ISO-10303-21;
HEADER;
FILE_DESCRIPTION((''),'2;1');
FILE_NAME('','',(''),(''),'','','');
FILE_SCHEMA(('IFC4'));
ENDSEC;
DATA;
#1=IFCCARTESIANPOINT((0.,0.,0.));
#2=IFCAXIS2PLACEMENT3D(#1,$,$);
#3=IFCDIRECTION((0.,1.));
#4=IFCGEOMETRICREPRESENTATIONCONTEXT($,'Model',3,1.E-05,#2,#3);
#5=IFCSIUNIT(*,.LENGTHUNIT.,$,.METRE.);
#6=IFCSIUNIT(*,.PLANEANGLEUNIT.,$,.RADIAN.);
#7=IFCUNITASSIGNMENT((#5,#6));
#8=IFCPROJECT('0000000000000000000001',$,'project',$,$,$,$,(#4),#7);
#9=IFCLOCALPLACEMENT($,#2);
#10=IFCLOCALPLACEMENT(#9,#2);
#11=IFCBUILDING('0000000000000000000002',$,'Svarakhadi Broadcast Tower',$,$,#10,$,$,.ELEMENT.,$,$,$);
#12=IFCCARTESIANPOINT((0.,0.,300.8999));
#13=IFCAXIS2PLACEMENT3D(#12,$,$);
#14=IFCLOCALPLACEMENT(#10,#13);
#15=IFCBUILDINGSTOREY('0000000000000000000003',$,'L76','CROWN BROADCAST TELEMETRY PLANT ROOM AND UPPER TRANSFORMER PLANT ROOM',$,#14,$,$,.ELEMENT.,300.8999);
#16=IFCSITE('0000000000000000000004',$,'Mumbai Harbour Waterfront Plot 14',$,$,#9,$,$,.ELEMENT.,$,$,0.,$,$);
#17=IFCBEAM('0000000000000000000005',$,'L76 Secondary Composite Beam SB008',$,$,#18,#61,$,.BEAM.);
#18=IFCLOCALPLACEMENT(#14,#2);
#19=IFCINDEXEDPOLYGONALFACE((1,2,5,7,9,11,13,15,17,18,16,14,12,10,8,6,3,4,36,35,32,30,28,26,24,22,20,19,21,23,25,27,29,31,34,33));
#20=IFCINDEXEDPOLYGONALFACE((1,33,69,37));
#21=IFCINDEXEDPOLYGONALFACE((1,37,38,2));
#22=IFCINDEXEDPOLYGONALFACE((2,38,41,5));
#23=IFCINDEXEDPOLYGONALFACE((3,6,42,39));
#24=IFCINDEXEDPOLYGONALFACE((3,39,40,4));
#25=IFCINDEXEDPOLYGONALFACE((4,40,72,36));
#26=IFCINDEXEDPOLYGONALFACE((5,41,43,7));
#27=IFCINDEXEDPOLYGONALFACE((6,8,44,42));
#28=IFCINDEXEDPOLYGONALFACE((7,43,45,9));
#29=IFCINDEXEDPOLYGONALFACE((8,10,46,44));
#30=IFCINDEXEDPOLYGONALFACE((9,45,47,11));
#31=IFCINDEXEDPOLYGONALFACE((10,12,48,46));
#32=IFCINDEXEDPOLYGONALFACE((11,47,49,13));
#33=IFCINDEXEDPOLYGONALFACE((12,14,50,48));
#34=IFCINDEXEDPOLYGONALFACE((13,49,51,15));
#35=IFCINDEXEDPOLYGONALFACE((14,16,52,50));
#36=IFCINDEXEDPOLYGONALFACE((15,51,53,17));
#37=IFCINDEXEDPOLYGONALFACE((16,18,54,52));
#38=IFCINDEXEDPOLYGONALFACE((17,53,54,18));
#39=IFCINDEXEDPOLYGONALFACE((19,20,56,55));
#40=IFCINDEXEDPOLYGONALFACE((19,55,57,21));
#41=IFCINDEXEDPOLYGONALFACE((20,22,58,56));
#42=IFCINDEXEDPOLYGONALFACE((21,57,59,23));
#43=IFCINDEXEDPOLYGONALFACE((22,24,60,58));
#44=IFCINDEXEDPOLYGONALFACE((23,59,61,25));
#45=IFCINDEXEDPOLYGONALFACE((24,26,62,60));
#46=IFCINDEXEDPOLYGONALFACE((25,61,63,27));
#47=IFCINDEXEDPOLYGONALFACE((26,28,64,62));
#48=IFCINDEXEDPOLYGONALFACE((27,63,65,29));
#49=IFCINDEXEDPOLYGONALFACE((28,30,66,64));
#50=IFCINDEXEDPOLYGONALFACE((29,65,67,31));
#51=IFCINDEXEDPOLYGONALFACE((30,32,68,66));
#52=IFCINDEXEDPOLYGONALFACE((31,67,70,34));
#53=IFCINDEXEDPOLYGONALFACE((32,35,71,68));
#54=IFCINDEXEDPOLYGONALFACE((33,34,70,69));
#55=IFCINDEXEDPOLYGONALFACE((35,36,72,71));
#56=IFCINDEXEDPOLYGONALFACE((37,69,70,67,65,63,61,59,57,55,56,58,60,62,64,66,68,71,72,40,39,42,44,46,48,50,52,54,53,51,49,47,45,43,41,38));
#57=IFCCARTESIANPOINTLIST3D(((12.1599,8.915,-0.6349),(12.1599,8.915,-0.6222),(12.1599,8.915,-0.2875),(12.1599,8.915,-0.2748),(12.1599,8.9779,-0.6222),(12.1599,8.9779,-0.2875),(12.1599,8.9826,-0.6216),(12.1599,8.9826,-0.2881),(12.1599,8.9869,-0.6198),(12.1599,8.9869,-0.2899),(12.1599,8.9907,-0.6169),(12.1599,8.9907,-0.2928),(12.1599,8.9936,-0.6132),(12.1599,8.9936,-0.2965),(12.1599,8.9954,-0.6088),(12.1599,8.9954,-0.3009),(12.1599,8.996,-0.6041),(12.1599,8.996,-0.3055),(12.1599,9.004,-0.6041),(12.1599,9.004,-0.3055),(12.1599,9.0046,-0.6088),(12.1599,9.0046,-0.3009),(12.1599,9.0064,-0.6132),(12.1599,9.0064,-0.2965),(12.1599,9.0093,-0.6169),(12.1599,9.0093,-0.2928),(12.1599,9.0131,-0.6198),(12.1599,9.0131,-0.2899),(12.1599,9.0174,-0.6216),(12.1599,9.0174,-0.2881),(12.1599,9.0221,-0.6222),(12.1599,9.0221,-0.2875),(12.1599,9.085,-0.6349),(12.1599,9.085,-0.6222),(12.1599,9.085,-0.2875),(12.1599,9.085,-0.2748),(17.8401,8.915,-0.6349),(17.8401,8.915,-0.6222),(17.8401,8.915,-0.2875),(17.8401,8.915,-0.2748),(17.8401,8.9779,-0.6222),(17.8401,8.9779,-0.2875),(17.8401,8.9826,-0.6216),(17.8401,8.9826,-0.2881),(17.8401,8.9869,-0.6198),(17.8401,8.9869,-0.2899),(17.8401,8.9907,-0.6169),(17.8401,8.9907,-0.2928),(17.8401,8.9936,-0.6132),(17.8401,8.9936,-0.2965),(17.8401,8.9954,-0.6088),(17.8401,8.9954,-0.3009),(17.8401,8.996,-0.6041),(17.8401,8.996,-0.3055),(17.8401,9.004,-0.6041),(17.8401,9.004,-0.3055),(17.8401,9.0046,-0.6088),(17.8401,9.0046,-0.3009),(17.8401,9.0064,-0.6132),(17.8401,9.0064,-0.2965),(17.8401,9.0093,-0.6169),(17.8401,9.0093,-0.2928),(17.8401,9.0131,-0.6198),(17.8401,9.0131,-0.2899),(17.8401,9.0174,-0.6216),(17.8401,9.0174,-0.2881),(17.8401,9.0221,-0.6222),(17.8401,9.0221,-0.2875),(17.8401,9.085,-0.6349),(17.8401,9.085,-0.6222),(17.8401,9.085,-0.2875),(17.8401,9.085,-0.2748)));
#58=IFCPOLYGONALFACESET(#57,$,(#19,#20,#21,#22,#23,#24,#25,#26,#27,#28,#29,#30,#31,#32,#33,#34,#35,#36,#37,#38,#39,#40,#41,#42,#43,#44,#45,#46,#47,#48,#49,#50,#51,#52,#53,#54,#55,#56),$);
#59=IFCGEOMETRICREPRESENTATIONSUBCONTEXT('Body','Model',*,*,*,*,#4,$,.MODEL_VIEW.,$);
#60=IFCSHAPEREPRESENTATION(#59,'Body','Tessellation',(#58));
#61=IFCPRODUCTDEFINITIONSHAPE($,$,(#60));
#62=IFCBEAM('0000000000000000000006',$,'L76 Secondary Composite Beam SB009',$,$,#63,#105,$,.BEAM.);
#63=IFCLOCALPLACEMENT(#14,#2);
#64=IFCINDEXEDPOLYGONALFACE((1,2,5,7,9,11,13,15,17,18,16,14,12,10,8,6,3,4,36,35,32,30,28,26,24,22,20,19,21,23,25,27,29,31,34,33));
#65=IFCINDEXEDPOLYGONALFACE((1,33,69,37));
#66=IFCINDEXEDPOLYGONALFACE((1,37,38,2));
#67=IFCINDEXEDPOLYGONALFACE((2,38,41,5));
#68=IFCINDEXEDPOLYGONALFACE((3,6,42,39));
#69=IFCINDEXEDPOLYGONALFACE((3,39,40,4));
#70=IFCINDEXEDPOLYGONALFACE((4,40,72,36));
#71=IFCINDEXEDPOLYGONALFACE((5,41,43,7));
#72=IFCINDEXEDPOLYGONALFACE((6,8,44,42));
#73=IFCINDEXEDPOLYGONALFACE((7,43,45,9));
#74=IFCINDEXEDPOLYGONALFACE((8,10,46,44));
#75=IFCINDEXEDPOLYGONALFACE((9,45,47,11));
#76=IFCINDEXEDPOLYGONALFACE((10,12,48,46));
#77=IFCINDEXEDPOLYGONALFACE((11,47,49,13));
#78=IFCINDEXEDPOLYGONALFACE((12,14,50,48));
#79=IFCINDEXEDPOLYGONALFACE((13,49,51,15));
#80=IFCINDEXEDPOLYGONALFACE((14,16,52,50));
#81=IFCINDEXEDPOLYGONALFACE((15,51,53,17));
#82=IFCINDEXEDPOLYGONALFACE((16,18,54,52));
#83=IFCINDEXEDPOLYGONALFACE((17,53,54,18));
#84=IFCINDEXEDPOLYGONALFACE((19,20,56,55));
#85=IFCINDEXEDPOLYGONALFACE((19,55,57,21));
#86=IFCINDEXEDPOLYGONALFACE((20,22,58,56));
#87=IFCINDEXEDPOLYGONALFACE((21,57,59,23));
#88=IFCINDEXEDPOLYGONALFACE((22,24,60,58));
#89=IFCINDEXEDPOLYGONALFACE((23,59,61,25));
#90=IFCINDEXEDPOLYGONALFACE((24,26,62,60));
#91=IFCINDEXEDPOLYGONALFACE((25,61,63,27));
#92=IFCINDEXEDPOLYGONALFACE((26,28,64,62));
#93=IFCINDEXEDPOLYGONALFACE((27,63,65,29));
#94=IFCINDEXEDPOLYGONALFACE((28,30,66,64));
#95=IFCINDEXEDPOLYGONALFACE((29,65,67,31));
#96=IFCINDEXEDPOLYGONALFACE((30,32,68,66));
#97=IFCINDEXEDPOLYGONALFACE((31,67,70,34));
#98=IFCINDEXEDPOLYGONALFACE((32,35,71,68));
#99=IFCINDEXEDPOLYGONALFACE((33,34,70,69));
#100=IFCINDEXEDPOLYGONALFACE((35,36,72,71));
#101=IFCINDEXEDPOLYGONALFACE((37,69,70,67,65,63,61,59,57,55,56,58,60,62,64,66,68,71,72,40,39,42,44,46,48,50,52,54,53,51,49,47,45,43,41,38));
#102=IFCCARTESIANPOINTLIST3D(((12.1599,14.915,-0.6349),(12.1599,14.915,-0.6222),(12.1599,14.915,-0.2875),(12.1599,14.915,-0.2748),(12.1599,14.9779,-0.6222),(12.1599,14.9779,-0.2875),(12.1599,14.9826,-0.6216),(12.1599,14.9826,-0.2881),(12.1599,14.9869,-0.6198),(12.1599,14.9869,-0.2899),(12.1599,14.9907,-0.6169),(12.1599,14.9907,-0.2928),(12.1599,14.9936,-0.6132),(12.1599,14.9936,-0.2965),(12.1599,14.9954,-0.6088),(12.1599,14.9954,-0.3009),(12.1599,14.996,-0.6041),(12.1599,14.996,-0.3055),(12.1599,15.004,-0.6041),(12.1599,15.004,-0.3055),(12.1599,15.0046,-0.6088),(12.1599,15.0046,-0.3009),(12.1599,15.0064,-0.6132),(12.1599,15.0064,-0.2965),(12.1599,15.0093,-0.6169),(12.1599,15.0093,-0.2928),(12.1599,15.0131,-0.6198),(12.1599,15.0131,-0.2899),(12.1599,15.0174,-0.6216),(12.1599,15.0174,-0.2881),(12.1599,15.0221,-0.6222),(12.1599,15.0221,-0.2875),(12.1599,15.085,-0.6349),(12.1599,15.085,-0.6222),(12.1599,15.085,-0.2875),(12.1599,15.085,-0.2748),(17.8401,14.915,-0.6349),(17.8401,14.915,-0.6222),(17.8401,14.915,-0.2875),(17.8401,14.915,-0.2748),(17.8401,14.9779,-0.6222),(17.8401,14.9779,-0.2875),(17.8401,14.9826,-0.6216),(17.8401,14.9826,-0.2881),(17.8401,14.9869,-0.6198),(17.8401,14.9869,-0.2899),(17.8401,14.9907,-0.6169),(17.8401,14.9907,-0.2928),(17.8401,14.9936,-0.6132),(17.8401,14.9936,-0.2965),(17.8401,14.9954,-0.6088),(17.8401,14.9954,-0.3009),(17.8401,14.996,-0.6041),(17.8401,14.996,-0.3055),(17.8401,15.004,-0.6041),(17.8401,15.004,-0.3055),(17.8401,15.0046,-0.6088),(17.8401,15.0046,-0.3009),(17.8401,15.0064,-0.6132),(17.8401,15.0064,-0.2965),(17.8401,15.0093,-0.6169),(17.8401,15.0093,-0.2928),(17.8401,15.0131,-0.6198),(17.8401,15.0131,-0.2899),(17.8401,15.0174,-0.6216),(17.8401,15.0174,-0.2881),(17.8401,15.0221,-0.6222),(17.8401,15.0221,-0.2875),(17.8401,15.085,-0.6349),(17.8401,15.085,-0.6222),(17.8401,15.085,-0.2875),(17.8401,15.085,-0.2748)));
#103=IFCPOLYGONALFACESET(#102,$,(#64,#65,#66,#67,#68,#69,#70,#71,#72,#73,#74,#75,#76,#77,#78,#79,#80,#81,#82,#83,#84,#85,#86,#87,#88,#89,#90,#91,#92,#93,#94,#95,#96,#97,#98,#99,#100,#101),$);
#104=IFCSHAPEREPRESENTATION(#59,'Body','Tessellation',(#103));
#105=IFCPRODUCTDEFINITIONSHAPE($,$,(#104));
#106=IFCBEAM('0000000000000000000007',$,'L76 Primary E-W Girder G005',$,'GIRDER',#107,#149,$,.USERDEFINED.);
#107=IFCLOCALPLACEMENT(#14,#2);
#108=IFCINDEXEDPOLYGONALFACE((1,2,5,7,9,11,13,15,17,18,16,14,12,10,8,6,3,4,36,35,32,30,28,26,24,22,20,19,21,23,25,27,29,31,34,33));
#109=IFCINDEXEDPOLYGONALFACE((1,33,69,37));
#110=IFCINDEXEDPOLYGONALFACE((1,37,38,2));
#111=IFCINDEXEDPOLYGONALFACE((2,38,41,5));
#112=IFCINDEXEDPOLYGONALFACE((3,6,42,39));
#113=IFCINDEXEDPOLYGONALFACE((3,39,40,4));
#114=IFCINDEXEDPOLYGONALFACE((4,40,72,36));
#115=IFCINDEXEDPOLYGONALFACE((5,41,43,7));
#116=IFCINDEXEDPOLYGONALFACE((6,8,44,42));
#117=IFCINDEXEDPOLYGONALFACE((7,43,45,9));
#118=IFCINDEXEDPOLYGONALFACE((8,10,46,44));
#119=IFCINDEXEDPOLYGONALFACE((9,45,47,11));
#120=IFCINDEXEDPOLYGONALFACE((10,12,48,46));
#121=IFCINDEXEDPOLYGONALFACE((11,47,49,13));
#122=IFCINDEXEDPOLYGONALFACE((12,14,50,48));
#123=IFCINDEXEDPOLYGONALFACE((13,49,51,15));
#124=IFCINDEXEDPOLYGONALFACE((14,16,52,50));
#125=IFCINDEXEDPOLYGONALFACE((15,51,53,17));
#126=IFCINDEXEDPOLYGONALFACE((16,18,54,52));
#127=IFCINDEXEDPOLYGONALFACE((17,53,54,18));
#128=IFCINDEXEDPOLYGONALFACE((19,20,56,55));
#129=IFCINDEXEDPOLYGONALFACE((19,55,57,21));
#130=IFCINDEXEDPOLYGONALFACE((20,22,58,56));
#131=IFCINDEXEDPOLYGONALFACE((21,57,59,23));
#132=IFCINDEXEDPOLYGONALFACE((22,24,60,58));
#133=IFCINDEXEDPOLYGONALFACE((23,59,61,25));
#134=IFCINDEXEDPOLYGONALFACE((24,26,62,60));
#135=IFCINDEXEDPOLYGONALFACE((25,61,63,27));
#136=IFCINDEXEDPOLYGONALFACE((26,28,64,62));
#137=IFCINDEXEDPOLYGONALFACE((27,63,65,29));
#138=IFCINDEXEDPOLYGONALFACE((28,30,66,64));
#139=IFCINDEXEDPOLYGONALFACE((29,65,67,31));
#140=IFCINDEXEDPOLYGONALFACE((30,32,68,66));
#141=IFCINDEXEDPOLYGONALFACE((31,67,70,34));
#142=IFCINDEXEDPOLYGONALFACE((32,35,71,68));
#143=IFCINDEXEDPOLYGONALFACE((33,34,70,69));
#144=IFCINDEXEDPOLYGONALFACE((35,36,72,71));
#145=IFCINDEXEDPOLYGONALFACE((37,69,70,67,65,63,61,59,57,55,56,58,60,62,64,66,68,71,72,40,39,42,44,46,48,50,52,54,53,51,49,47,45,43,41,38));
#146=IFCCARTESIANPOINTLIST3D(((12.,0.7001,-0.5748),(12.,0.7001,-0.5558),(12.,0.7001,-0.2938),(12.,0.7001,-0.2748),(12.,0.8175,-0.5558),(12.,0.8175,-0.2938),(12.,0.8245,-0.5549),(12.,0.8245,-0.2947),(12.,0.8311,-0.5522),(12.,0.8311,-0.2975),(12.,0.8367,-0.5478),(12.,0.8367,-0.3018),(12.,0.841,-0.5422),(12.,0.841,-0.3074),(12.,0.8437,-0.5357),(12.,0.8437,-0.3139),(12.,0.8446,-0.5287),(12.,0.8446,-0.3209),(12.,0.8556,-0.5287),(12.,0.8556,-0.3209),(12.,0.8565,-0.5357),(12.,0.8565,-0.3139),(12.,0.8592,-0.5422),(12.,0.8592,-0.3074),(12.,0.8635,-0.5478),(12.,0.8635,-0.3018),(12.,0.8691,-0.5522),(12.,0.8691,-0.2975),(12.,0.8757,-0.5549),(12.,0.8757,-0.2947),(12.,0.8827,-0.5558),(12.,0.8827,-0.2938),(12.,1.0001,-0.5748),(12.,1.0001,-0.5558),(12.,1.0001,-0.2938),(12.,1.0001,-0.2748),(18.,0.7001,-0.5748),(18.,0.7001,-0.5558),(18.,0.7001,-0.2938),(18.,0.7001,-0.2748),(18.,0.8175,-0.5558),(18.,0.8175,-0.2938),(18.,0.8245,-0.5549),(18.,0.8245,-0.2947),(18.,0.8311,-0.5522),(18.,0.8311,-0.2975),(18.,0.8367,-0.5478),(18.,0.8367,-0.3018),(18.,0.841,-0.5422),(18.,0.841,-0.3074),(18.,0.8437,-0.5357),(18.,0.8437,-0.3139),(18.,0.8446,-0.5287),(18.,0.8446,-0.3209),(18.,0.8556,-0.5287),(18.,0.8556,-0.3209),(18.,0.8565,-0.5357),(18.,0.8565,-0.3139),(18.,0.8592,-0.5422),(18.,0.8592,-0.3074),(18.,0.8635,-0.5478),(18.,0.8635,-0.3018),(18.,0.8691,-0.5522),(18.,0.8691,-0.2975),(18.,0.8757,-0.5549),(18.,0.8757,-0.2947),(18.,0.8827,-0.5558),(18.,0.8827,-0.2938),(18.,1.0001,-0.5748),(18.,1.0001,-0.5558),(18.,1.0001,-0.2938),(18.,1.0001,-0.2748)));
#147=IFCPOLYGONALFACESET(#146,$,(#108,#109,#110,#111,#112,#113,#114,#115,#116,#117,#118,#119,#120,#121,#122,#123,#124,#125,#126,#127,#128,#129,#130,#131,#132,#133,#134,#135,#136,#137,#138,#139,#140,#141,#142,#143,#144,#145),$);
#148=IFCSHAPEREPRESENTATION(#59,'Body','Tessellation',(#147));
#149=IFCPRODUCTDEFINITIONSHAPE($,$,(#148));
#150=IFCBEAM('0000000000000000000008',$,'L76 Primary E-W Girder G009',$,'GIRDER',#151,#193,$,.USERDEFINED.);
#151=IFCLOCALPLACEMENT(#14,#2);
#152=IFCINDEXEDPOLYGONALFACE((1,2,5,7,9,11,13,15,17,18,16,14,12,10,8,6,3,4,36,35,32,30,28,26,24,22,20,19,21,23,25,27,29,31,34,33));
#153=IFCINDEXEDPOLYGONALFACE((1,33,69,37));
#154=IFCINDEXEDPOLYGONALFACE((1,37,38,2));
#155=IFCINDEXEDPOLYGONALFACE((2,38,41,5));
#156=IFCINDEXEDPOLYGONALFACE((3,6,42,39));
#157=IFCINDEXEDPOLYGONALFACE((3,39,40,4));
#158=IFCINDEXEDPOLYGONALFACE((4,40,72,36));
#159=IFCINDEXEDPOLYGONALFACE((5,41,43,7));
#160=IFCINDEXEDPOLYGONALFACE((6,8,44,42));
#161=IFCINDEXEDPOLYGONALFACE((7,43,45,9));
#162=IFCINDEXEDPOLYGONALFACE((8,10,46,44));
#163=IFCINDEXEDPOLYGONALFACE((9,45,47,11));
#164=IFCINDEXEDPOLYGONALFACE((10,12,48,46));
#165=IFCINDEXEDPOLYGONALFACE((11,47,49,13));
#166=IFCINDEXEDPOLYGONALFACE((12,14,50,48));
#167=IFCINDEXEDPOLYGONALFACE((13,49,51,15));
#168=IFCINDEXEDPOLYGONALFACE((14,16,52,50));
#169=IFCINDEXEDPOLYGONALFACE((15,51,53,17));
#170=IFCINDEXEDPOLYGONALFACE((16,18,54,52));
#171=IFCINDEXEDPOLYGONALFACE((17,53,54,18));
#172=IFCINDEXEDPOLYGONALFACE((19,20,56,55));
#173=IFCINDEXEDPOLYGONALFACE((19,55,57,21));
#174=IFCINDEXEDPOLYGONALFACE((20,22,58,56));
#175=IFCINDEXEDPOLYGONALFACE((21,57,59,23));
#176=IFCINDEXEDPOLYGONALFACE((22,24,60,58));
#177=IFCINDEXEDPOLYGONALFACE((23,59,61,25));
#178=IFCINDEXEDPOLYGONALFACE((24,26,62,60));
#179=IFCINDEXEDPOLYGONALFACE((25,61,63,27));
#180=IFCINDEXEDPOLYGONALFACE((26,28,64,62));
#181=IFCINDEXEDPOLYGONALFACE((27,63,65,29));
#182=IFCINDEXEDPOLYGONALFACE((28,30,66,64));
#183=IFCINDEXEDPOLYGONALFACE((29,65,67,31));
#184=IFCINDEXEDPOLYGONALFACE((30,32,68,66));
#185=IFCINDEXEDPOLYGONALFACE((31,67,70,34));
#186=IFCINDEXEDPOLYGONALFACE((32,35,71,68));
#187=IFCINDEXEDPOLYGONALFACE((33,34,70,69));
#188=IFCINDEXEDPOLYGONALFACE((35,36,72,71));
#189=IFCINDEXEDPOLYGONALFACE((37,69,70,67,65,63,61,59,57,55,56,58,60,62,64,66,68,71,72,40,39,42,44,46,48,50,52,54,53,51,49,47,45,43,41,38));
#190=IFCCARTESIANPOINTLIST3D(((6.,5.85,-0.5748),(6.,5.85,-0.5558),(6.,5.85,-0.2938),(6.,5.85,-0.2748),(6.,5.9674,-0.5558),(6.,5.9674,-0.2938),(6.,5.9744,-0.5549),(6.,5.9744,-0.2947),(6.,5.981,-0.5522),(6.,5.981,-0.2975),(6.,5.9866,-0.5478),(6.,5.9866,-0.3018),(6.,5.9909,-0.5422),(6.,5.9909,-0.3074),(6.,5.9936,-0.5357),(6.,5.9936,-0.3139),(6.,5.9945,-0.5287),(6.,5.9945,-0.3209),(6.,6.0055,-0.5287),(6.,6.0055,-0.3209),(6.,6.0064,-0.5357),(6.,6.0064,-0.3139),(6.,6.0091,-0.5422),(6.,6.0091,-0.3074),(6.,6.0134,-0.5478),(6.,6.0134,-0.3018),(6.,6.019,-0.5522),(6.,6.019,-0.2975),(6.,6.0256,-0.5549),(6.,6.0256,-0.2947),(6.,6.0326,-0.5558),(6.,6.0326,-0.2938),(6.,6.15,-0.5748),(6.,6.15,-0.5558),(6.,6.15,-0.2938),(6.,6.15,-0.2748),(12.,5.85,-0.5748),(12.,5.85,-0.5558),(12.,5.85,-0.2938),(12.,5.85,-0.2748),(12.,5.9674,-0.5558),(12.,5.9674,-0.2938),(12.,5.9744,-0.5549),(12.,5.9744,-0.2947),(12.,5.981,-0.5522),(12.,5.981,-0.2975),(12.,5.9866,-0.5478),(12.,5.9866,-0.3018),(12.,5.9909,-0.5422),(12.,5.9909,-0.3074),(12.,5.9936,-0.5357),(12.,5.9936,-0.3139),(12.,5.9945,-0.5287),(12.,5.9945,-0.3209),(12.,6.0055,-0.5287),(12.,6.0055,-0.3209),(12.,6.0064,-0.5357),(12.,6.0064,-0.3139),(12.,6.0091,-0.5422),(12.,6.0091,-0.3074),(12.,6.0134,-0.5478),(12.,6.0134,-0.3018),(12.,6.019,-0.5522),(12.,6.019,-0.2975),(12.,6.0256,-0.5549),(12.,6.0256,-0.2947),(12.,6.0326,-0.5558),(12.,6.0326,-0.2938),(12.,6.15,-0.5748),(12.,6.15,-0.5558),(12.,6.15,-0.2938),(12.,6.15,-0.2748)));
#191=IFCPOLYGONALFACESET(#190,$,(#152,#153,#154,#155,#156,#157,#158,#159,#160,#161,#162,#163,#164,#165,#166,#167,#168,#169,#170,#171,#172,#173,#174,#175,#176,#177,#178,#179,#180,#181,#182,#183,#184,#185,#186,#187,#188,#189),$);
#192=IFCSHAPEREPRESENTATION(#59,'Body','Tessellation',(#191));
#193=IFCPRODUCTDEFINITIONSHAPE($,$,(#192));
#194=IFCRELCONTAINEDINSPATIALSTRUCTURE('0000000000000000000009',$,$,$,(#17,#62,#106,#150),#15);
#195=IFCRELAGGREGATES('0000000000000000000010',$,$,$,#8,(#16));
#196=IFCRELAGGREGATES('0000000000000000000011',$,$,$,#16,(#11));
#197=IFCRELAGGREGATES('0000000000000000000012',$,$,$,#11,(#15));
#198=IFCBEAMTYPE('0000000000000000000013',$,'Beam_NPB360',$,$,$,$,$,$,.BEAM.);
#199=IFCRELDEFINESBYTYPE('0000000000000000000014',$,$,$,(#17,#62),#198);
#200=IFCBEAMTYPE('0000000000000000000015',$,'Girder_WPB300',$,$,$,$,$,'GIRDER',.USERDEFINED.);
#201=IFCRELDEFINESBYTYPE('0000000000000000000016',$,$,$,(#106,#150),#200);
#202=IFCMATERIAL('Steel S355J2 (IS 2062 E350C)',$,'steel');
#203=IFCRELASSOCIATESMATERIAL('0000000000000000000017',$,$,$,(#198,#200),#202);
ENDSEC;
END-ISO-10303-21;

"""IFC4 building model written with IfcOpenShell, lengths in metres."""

from ifc_helpers import new_model, si_unit, direction, frame, origin, origin_2d, place, context, subcontext, project, spatial, i_section, extrude, material, material_profile, profile_set, type_object, element, save


model = new_model("IFC4")

# Units and contexts
model_context = context("Model", 3, precision=1e-05, world=origin(), true_north=direction((0.0, 1.0)))
body_context = subcontext(model_context, "Body", "Model", "MODEL_VIEW")
ifc_project = project(units=[si_unit("LENGTHUNIT", "METRE"), si_unit("PLANEANGLEUNIT", "RADIAN")], contexts=[model_context])

# Site, building, storey
site_placement = place(None, origin())
site = spatial("IfcSite", under=ifc_project, at=site_placement, Name="Mumbai Harbour Waterfront Plot 14", CompositionType="ELEMENT", RefElevation=0.0)
building_placement = place(site_placement, origin())
building = spatial("IfcBuilding", under=site, at=building_placement, Name="Svarakhadi Broadcast Tower", CompositionType="ELEMENT")
storey_placement = place(building_placement, frame((0.0, 0.0, 300.8999)))
storey = spatial("IfcBuildingStorey", under=building, at=storey_placement, Name="L76", Description="CROWN BROADCAST TELEMETRY PLANT ROOM AND UPPER TRANSFORMER PLANT ROOM", CompositionType="ELEMENT", Elevation=300.8999)

# Beams
ifc_material_1 = material(Name="Steel S355J2 (IS 2062 E350C)", Category="steel")
ifc_material_profile_1 = material_profile(ifc_material_1, i_section(OverallWidth=0.1699, OverallDepth=0.3601, WebThickness=0.0081, FlangeThickness=0.0127, FilletRadius=0.0181, at=origin_2d()), Name="NPB 360x170x57")
ifc_profile_set_1 = profile_set([ifc_material_profile_1], Name="Steel S355J2 (IS 2062 E350C)")
beam_type_1 = type_object("IfcBeamType", Name="Beam_NPB360", PredefinedType="BEAM", material=ifc_profile_set_1)
for number, where, z_axis, x_axis, name in (
    (1, (12.1599, 9.0, -0.4548), (1.0, 0.0, 0.0), (0.0, 1.0, 0.0), "L76 Secondary Composite Beam SB008"),
    (2, (12.1599, 15.0, -0.4548), (1.0, 0.0, 0.0), (0.0, 1.0, 0.0), "L76 Secondary Composite Beam SB009"),
):
    element("IfcBeam", number, at=place(storey_placement, frame(where, z_axis=z_axis, x_axis=x_axis)), inside=storey, type_object=beam_type_1, Name=name, PredefinedType="BEAM", context=body_context, shape_type="SweptSolid", body=[
        extrude(i_section(OverallWidth=0.1699, OverallDepth=0.3601, WebThickness=0.0081, FlangeThickness=0.0127, FilletRadius=0.0181, at=origin_2d()), origin(), (0.0, 0.0, 1.0), 5.6802),
    ])
ifc_material_profile_2 = material_profile(ifc_material_1, i_section(OverallWidth=0.3, OverallDepth=0.3, WebThickness=0.011, FlangeThickness=0.019, FilletRadius=0.0271, at=origin_2d()), Name="WPB 300x300x117")
ifc_profile_set_2 = profile_set([ifc_material_profile_2], Name="Steel S355J2 (IS 2062 E350C)")
beam_type_2 = type_object("IfcBeamType", Name="Girder_WPB300", ElementType="GIRDER", PredefinedType="USERDEFINED", material=ifc_profile_set_2)
for number, where, z_axis, x_axis, name in (
    (3, (12.0, 0.8501, -0.4248), (1.0, 0.0, 0.0), (0.0, 1.0, 0.0), "L76 Primary E-W Girder G005"),
    (4, (6.0, 6.0, -0.4248), (1.0, 0.0, 0.0), (0.0, 1.0, 0.0), "L76 Primary E-W Girder G009"),
):
    element("IfcBeam", number, at=place(storey_placement, frame(where, z_axis=z_axis, x_axis=x_axis)), inside=storey, type_object=beam_type_2, Name=name, ObjectType="GIRDER", PredefinedType="USERDEFINED", context=body_context, shape_type="SweptSolid", body=[
        extrude(i_section(OverallWidth=0.3, OverallDepth=0.3, WebThickness=0.011, FlangeThickness=0.019, FilletRadius=0.0271, at=origin_2d()), origin(), (0.0, 0.0, 1.0), 6.0),
    ])

save(model, "model.ifc")
